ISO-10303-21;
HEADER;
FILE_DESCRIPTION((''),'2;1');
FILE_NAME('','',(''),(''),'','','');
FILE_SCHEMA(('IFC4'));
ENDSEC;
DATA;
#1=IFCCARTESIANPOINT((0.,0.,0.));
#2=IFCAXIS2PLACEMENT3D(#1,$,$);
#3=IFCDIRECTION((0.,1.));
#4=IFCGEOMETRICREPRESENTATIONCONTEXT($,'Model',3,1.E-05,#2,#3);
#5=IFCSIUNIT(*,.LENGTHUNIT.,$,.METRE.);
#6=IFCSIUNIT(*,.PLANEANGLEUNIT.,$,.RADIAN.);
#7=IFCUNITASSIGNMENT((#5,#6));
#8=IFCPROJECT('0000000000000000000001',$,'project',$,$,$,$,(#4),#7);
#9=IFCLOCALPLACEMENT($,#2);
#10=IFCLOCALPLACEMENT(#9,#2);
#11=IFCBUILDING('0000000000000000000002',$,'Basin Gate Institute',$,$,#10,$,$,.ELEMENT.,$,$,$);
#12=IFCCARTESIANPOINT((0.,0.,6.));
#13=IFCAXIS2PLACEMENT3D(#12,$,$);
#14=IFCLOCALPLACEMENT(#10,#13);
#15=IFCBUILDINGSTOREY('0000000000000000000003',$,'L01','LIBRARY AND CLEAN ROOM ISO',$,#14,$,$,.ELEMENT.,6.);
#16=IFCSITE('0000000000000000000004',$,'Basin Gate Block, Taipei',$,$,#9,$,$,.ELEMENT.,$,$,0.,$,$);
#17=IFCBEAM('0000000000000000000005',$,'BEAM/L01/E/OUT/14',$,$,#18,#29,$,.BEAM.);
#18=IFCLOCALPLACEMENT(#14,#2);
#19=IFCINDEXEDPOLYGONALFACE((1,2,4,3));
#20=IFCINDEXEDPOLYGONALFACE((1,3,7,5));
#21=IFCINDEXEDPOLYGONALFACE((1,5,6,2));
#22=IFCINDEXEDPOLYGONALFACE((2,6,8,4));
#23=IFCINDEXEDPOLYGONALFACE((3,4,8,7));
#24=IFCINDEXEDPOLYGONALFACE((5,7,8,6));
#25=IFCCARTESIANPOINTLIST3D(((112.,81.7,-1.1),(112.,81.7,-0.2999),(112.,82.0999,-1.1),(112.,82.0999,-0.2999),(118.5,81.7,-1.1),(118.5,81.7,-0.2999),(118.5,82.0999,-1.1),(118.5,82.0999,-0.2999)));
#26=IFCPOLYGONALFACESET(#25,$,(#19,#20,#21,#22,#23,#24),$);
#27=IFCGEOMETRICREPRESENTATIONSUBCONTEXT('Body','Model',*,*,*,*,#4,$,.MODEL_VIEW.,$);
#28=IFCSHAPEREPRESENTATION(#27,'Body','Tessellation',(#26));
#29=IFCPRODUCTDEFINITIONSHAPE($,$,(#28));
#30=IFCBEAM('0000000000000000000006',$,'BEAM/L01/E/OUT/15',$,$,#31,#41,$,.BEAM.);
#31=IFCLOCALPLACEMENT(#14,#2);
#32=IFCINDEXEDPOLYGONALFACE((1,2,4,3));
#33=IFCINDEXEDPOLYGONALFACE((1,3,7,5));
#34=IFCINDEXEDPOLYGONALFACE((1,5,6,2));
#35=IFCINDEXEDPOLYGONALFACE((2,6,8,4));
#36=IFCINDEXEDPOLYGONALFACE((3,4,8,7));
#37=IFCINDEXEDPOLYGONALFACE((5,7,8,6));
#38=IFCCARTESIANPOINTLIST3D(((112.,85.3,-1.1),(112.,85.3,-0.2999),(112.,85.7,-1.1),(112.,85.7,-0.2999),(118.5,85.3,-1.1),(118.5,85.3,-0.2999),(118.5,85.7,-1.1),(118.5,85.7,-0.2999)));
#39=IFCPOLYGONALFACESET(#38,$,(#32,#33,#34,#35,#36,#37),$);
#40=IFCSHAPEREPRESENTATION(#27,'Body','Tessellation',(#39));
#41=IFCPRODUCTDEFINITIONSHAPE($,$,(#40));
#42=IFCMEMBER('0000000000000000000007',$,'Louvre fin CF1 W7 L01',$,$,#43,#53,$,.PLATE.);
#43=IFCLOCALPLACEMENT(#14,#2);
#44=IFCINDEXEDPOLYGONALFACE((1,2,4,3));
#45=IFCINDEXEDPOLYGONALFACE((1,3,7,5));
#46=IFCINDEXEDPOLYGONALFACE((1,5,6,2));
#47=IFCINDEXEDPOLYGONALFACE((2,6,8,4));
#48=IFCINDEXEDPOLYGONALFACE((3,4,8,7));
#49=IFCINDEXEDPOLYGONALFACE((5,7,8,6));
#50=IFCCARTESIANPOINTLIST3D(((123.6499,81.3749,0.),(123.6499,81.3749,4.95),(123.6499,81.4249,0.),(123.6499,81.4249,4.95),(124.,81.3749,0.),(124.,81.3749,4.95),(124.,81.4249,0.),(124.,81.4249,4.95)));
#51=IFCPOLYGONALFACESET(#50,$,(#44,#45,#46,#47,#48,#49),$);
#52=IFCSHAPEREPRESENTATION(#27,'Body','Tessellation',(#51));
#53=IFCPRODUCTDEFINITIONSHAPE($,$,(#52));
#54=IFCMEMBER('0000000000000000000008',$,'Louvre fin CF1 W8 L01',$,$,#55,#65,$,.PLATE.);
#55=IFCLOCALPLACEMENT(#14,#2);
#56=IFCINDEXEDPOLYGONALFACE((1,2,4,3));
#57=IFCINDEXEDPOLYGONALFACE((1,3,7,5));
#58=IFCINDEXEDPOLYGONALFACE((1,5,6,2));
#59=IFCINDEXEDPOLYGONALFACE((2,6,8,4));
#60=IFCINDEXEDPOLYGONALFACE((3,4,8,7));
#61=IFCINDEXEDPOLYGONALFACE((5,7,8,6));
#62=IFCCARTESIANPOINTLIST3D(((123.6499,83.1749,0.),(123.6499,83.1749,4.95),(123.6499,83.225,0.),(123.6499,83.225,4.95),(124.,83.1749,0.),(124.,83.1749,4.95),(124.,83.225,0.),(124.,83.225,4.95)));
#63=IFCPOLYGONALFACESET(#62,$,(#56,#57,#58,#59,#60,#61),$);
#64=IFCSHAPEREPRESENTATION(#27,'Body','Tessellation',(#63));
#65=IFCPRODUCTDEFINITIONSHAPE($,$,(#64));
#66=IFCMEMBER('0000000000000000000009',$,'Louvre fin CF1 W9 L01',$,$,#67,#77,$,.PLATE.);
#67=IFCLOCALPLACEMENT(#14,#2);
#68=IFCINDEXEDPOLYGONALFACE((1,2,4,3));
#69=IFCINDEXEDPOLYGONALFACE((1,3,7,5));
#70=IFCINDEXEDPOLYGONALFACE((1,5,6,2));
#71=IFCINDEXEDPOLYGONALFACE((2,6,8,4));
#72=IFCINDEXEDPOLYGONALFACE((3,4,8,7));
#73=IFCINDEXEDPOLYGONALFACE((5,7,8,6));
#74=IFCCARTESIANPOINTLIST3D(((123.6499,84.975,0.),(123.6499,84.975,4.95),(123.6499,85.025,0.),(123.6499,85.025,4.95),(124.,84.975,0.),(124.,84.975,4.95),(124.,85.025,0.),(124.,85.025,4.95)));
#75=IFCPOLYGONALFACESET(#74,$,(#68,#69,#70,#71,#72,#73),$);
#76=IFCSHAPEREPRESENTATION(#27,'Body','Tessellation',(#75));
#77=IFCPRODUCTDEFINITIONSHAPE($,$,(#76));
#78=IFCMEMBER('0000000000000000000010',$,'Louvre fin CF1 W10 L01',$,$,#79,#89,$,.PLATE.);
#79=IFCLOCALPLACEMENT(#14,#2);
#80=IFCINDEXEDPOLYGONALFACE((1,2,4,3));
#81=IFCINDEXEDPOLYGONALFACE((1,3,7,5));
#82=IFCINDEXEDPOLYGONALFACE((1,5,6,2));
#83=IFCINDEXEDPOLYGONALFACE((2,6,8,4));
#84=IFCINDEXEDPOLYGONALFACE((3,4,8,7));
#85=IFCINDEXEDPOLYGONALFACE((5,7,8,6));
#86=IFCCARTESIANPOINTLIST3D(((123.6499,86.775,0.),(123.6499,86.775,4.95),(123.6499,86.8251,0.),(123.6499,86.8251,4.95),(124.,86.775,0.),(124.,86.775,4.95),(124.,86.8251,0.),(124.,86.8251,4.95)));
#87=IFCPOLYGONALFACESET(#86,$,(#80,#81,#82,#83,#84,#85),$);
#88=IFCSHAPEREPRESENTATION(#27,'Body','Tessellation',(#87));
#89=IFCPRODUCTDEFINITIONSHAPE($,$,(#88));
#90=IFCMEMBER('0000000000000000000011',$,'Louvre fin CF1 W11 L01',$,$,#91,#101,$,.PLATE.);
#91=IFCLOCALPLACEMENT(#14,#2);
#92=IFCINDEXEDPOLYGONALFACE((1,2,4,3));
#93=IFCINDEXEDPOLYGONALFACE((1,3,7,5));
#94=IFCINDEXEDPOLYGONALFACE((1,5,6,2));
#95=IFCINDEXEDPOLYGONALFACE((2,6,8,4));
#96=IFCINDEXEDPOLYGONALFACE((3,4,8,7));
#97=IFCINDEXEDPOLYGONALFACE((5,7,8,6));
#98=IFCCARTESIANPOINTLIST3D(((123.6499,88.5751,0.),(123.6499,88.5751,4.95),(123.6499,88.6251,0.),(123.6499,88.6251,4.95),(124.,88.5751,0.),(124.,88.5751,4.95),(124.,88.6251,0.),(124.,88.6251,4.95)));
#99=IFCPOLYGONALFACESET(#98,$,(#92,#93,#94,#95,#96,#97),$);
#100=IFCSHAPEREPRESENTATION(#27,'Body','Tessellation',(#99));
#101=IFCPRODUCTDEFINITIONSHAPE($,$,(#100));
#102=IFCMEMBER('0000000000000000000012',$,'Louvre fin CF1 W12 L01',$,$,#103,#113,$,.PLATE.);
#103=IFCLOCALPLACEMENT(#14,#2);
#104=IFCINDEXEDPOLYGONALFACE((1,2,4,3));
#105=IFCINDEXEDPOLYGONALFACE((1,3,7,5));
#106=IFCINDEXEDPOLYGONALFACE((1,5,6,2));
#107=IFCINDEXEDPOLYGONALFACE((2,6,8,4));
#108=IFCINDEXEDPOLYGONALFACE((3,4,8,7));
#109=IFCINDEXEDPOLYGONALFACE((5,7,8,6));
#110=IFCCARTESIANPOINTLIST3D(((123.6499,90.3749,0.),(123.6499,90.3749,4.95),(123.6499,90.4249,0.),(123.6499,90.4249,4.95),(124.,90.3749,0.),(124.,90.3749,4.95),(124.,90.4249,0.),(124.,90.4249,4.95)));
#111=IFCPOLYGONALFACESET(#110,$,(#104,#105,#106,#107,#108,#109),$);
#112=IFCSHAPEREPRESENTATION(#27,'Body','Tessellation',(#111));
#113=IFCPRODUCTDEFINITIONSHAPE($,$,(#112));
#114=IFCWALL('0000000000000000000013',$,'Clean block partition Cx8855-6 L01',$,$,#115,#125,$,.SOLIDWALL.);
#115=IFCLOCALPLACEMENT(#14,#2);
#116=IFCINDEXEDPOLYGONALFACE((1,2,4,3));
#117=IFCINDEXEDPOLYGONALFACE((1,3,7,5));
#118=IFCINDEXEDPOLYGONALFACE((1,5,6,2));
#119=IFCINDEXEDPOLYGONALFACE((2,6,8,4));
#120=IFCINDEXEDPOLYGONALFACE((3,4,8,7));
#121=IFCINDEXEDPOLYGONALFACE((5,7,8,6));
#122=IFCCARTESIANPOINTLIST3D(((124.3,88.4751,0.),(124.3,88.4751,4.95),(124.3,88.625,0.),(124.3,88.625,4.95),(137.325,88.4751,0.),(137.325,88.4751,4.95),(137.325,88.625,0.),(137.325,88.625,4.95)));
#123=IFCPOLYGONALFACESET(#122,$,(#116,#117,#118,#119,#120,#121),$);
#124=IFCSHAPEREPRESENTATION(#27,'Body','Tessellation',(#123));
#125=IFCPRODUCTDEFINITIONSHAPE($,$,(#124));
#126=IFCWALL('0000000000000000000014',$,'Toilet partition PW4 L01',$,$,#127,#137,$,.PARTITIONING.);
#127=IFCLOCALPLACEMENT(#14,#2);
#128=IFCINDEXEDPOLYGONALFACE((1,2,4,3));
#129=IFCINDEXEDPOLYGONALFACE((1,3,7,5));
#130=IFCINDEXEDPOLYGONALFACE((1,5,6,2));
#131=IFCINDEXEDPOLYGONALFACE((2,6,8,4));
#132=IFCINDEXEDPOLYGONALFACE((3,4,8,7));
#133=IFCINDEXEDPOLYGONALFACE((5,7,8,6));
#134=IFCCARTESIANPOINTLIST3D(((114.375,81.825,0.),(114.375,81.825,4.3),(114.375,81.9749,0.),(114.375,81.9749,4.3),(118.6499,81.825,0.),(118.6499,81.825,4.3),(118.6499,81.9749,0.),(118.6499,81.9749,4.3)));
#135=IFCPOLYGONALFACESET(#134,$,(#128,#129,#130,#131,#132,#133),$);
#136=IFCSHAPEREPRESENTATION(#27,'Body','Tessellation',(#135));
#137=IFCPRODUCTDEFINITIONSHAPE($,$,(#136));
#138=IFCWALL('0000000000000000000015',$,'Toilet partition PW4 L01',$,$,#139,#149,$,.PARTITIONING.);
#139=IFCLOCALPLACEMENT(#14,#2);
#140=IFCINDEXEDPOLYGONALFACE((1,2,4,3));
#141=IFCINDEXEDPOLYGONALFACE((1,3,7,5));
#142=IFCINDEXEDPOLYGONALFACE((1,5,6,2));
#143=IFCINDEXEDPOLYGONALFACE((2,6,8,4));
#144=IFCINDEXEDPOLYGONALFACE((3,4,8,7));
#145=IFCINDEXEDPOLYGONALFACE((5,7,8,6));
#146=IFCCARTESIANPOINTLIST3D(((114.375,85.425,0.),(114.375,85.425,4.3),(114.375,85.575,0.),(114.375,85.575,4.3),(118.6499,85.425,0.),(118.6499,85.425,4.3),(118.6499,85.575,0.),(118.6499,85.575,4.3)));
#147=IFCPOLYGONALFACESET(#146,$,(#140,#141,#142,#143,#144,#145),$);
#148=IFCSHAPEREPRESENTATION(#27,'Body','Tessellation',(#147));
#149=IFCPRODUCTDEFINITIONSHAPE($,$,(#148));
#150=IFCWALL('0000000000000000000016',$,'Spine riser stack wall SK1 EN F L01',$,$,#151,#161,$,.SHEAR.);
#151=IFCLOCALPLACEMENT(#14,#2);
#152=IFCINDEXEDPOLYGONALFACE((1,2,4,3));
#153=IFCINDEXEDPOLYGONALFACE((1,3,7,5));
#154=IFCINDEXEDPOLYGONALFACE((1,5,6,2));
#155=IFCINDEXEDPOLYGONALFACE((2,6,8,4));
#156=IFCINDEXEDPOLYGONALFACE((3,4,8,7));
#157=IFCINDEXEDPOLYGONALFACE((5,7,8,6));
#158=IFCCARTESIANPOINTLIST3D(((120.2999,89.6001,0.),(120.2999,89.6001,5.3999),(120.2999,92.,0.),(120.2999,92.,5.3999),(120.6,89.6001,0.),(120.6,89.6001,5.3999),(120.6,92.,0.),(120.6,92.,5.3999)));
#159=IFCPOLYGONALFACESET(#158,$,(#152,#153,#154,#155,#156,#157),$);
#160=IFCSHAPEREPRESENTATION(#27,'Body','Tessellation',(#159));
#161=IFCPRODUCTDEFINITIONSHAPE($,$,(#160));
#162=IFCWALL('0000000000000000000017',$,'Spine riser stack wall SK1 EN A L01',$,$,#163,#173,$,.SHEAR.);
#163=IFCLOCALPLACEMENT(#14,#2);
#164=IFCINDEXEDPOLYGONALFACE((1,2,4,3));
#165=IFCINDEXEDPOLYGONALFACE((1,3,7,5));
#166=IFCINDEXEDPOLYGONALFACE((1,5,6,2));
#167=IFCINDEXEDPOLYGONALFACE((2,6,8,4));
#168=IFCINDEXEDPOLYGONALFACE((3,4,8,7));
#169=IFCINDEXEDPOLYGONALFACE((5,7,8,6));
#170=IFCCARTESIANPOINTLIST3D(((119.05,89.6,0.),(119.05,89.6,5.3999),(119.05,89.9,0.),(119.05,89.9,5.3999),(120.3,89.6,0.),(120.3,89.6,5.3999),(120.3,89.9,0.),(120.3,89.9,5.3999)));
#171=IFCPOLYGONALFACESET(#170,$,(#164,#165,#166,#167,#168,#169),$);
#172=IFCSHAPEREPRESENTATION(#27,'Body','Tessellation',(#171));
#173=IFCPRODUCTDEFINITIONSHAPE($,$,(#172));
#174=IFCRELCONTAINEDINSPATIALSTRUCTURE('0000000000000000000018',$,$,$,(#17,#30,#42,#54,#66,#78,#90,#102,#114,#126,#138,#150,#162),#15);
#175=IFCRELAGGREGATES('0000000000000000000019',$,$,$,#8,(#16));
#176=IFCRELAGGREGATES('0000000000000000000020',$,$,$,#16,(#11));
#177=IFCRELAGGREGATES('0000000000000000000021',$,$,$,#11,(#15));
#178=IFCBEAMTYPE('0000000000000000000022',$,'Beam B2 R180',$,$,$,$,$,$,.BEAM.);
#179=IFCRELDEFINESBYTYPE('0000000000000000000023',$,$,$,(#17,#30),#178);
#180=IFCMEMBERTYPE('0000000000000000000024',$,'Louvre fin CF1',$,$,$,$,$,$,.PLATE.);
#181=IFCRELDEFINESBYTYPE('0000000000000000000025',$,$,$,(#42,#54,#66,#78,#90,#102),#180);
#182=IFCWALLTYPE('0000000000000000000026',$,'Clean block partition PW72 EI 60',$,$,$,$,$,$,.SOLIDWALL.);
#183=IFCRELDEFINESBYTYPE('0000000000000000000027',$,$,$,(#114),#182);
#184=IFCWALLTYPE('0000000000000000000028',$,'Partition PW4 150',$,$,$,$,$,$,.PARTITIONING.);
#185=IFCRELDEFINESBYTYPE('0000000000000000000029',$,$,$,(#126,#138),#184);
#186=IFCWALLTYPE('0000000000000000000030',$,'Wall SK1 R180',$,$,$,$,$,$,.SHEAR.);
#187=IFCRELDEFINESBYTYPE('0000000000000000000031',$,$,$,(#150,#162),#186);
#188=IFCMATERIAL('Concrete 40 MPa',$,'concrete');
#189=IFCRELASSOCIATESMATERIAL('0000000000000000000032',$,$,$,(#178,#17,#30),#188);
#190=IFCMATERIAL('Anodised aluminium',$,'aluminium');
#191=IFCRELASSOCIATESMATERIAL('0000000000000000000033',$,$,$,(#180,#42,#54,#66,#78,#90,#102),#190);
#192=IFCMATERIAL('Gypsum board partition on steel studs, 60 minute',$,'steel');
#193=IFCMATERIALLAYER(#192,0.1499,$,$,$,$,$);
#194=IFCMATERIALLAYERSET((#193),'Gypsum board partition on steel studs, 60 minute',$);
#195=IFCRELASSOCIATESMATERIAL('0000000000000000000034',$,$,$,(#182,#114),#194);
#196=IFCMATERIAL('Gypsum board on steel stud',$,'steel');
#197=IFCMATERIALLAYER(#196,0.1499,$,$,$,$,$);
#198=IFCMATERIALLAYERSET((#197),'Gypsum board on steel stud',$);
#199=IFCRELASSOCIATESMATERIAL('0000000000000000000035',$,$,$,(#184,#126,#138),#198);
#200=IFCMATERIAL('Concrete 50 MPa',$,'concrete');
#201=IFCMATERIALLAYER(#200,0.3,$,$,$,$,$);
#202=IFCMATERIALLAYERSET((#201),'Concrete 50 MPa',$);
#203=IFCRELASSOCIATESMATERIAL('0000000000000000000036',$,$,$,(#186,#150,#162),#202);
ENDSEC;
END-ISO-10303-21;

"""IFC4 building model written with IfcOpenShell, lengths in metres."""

from ifc_helpers import new_model, si_unit, direction, frame, frame_2d, origin, origin_2d, place, context, subcontext, project, spatial, rectangle, extrude, material, layer, layer_set, material_profile, profile_set, type_object, element, save


model = new_model("IFC4")

# Units and contexts
model_context = context("Model", 3, precision=1e-05, world=origin(), true_north=direction((0.0, 1.0)))
body_context = subcontext(model_context, "Body", "Model", "MODEL_VIEW")
ifc_project = project(units=[si_unit("LENGTHUNIT", "METRE"), si_unit("PLANEANGLEUNIT", "RADIAN")], contexts=[model_context])

# Site, building, storey
site_placement = place(None, origin())
site = spatial("IfcSite", under=ifc_project, at=site_placement, Name="Basin Gate Block, Taipei", CompositionType="ELEMENT", RefElevation=0.0)
building_placement = place(site_placement, origin())
building = spatial("IfcBuilding", under=site, at=building_placement, Name="Basin Gate Institute", CompositionType="ELEMENT")
storey_placement = place(building_placement, frame((0.0, 0.0, 6.0)))
storey = spatial("IfcBuildingStorey", under=building, at=storey_placement, Name="L01", Description="LIBRARY AND CLEAN ROOM ISO", CompositionType="ELEMENT", Elevation=6.0)

# Beams
ifc_material_1 = material(Name="Concrete 40 MPa", Category="concrete")
ifc_material_profile_1 = material_profile(ifc_material_1, rectangle(XDim=0.3999, YDim=0.8, at=origin_2d()), Name="Beam B2 400 x 800")
ifc_profile_set_1 = profile_set([ifc_material_profile_1], Name="Concrete 40 MPa")
beam_type = type_object("IfcBeamType", Name="Beam B2 R180", PredefinedType="BEAM", material=ifc_profile_set_1)
for number, where, z_axis, x_axis, name in (
    (1, (118.5, 81.8999, -0.7), (-1.0, 0.0, 0.0), (0.0, -1.0, 0.0), "BEAM/L01/E/OUT/14"),
    (2, (118.5, 85.5, -0.7), (-1.0, 0.0, 0.0), (0.0, -1.0, 0.0), "BEAM/L01/E/OUT/15"),
):
    element("IfcBeam", number, at=place(storey_placement, frame(where, z_axis=z_axis, x_axis=x_axis)), inside=storey, type_object=beam_type, material=ifc_profile_set_1, Name=name, PredefinedType="BEAM", context=body_context, shape_type="SweptSolid", body=[
        extrude(rectangle(XDim=0.3999, YDim=0.8, at=origin_2d()), origin(), (0.0, 0.0, 1.0), 6.5),
    ])

# Members
ifc_material_2 = material(Name="Anodised aluminium", Category="aluminium")
ifc_material_profile_2 = material_profile(ifc_material_2, rectangle(XDim=0.05, YDim=0.3501, at=origin_2d()), Name="Louvre fin CF1 50 x 350")
ifc_profile_set_2 = profile_set([ifc_material_profile_2], Name="Anodised aluminium")
member_type = type_object("IfcMemberType", Name="Louvre fin CF1", PredefinedType="PLATE", material=ifc_profile_set_2)
for number, where, z_axis, x_axis, name in (
    (3, (123.825, 81.3999, 0.0), (0.0, 0.0, 1.0), (0.0, 1.0, 0.0), "Louvre fin CF1 W7 L01"),
    (4, (123.825, 83.2, 0.0), (0.0, 0.0, 1.0), (0.0, 1.0, 0.0), "Louvre fin CF1 W8 L01"),
    (5, (123.825, 85.0, 0.0), (0.0, 0.0, 1.0), (0.0, 1.0, 0.0), "Louvre fin CF1 W9 L01"),
    (6, (123.825, 86.8, 0.0), (0.0, 0.0, 1.0), (0.0, 1.0, 0.0), "Louvre fin CF1 W10 L01"),
    (7, (123.825, 88.6001, 0.0), (0.0, 0.0, 1.0), (0.0, 1.0, 0.0), "Louvre fin CF1 W11 L01"),
    (8, (123.825, 90.3999, 0.0), (0.0, 0.0, 1.0), (0.0, 1.0, 0.0), "Louvre fin CF1 W12 L01"),
):
    element("IfcMember", number, at=place(storey_placement, frame(where, z_axis=z_axis, x_axis=x_axis)), inside=storey, type_object=member_type, material=ifc_profile_set_2, Name=name, PredefinedType="PLATE", context=body_context, shape_type="SweptSolid", body=[
        extrude(rectangle(XDim=0.05, YDim=0.3501, at=origin_2d()), origin(), (0.0, 0.0, 1.0), 4.95),
    ])

# Walls
ifc_material_3 = material(Name="Gypsum board partition on steel studs, 60 minute", Category="steel")
ifc_layer_1 = layer(ifc_material_3, 0.1499)
ifc_layer_set_1 = layer_set([ifc_layer_1], Name="Gypsum board partition on steel studs, 60 minute")
wall_type_1 = type_object("IfcWallType", Name="Clean block partition PW72 EI 60", PredefinedType="SOLIDWALL", material=ifc_layer_set_1)
wall_1_placement = place(storey_placement, frame((124.3, 88.55, 0.0), z_axis=(0.0, 0.0, 1.0), x_axis=(1.0, 0.0, 0.0)))
element("IfcWall", 9, at=wall_1_placement, inside=storey, type_object=wall_type_1, material=ifc_layer_set_1, Name="Clean block partition Cx8855-6 L01", PredefinedType="SOLIDWALL", context=body_context, shape_type="SweptSolid", body=[
    extrude(rectangle(XDim=13.0249, YDim=0.1499, at=frame_2d((6.5125, 0.0))), origin(), (0.0, 0.0, 1.0), 4.95),
])
ifc_material_4 = material(Name="Gypsum board on steel stud", Category="steel")
ifc_layer_2 = layer(ifc_material_4, 0.1499)
ifc_layer_set_2 = layer_set([ifc_layer_2], Name="Gypsum board on steel stud")
wall_type_2 = type_object("IfcWallType", Name="Partition PW4 150", PredefinedType="PARTITIONING", material=ifc_layer_set_2)
for number, where, z_axis, x_axis, name in (
    (10, (118.6499, 81.8999, 0.0), (0.0, 0.0, 1.0), (-1.0, 0.0, 0.0), "Toilet partition PW4 L01"),
    (11, (118.6499, 85.5, 0.0), (0.0, 0.0, 1.0), (-1.0, 0.0, 0.0), "Toilet partition PW4 L01"),
):
    element("IfcWall", number, at=place(storey_placement, frame(where, z_axis=z_axis, x_axis=x_axis)), inside=storey, type_object=wall_type_2, material=ifc_layer_set_2, Name=name, PredefinedType="PARTITIONING", context=body_context, shape_type="SweptSolid", body=[
        extrude(rectangle(XDim=4.2749, YDim=0.1499, at=frame_2d((2.1375, 0.0))), origin(), (0.0, 0.0, 1.0), 4.3),
    ])
ifc_material_5 = material(Name="Concrete 50 MPa", Category="concrete")
ifc_layer_3 = layer(ifc_material_5, 0.3)
ifc_layer_set_3 = layer_set([ifc_layer_3], Name="Concrete 50 MPa")
wall_type_3 = type_object("IfcWallType", Name="Wall SK1 R180", PredefinedType="SHEAR", material=ifc_layer_set_3)
wall_2_placement = place(storey_placement, frame((120.45, 89.6001, 0.0), z_axis=(0.0, 0.0, 1.0), x_axis=(0.0, 1.0, 0.0)))
element("IfcWall", 12, at=wall_2_placement, inside=storey, type_object=wall_type_3, material=ifc_layer_set_3, Name="Spine riser stack wall SK1 EN F L01", PredefinedType="SHEAR", context=body_context, shape_type="SweptSolid", body=[
    extrude(rectangle(XDim=2.3999, YDim=0.3, at=frame_2d((1.2, 0.0))), origin(), (0.0, 0.0, 1.0), 5.3999),
])
wall_3_placement = place(storey_placement, frame((119.05, 89.75, 0.0), z_axis=(0.0, 0.0, 1.0), x_axis=(1.0, 0.0, 0.0)))
element("IfcWall", 13, at=wall_3_placement, inside=storey, type_object=wall_type_3, material=ifc_layer_set_3, Name="Spine riser stack wall SK1 EN A L01", PredefinedType="SHEAR", context=body_context, shape_type="SweptSolid", body=[
    extrude(rectangle(XDim=1.25, YDim=0.3, at=frame_2d((0.625, 0.0))), origin(), (0.0, 0.0, 1.0), 5.3999),
])

save(model, "model.ifc")
